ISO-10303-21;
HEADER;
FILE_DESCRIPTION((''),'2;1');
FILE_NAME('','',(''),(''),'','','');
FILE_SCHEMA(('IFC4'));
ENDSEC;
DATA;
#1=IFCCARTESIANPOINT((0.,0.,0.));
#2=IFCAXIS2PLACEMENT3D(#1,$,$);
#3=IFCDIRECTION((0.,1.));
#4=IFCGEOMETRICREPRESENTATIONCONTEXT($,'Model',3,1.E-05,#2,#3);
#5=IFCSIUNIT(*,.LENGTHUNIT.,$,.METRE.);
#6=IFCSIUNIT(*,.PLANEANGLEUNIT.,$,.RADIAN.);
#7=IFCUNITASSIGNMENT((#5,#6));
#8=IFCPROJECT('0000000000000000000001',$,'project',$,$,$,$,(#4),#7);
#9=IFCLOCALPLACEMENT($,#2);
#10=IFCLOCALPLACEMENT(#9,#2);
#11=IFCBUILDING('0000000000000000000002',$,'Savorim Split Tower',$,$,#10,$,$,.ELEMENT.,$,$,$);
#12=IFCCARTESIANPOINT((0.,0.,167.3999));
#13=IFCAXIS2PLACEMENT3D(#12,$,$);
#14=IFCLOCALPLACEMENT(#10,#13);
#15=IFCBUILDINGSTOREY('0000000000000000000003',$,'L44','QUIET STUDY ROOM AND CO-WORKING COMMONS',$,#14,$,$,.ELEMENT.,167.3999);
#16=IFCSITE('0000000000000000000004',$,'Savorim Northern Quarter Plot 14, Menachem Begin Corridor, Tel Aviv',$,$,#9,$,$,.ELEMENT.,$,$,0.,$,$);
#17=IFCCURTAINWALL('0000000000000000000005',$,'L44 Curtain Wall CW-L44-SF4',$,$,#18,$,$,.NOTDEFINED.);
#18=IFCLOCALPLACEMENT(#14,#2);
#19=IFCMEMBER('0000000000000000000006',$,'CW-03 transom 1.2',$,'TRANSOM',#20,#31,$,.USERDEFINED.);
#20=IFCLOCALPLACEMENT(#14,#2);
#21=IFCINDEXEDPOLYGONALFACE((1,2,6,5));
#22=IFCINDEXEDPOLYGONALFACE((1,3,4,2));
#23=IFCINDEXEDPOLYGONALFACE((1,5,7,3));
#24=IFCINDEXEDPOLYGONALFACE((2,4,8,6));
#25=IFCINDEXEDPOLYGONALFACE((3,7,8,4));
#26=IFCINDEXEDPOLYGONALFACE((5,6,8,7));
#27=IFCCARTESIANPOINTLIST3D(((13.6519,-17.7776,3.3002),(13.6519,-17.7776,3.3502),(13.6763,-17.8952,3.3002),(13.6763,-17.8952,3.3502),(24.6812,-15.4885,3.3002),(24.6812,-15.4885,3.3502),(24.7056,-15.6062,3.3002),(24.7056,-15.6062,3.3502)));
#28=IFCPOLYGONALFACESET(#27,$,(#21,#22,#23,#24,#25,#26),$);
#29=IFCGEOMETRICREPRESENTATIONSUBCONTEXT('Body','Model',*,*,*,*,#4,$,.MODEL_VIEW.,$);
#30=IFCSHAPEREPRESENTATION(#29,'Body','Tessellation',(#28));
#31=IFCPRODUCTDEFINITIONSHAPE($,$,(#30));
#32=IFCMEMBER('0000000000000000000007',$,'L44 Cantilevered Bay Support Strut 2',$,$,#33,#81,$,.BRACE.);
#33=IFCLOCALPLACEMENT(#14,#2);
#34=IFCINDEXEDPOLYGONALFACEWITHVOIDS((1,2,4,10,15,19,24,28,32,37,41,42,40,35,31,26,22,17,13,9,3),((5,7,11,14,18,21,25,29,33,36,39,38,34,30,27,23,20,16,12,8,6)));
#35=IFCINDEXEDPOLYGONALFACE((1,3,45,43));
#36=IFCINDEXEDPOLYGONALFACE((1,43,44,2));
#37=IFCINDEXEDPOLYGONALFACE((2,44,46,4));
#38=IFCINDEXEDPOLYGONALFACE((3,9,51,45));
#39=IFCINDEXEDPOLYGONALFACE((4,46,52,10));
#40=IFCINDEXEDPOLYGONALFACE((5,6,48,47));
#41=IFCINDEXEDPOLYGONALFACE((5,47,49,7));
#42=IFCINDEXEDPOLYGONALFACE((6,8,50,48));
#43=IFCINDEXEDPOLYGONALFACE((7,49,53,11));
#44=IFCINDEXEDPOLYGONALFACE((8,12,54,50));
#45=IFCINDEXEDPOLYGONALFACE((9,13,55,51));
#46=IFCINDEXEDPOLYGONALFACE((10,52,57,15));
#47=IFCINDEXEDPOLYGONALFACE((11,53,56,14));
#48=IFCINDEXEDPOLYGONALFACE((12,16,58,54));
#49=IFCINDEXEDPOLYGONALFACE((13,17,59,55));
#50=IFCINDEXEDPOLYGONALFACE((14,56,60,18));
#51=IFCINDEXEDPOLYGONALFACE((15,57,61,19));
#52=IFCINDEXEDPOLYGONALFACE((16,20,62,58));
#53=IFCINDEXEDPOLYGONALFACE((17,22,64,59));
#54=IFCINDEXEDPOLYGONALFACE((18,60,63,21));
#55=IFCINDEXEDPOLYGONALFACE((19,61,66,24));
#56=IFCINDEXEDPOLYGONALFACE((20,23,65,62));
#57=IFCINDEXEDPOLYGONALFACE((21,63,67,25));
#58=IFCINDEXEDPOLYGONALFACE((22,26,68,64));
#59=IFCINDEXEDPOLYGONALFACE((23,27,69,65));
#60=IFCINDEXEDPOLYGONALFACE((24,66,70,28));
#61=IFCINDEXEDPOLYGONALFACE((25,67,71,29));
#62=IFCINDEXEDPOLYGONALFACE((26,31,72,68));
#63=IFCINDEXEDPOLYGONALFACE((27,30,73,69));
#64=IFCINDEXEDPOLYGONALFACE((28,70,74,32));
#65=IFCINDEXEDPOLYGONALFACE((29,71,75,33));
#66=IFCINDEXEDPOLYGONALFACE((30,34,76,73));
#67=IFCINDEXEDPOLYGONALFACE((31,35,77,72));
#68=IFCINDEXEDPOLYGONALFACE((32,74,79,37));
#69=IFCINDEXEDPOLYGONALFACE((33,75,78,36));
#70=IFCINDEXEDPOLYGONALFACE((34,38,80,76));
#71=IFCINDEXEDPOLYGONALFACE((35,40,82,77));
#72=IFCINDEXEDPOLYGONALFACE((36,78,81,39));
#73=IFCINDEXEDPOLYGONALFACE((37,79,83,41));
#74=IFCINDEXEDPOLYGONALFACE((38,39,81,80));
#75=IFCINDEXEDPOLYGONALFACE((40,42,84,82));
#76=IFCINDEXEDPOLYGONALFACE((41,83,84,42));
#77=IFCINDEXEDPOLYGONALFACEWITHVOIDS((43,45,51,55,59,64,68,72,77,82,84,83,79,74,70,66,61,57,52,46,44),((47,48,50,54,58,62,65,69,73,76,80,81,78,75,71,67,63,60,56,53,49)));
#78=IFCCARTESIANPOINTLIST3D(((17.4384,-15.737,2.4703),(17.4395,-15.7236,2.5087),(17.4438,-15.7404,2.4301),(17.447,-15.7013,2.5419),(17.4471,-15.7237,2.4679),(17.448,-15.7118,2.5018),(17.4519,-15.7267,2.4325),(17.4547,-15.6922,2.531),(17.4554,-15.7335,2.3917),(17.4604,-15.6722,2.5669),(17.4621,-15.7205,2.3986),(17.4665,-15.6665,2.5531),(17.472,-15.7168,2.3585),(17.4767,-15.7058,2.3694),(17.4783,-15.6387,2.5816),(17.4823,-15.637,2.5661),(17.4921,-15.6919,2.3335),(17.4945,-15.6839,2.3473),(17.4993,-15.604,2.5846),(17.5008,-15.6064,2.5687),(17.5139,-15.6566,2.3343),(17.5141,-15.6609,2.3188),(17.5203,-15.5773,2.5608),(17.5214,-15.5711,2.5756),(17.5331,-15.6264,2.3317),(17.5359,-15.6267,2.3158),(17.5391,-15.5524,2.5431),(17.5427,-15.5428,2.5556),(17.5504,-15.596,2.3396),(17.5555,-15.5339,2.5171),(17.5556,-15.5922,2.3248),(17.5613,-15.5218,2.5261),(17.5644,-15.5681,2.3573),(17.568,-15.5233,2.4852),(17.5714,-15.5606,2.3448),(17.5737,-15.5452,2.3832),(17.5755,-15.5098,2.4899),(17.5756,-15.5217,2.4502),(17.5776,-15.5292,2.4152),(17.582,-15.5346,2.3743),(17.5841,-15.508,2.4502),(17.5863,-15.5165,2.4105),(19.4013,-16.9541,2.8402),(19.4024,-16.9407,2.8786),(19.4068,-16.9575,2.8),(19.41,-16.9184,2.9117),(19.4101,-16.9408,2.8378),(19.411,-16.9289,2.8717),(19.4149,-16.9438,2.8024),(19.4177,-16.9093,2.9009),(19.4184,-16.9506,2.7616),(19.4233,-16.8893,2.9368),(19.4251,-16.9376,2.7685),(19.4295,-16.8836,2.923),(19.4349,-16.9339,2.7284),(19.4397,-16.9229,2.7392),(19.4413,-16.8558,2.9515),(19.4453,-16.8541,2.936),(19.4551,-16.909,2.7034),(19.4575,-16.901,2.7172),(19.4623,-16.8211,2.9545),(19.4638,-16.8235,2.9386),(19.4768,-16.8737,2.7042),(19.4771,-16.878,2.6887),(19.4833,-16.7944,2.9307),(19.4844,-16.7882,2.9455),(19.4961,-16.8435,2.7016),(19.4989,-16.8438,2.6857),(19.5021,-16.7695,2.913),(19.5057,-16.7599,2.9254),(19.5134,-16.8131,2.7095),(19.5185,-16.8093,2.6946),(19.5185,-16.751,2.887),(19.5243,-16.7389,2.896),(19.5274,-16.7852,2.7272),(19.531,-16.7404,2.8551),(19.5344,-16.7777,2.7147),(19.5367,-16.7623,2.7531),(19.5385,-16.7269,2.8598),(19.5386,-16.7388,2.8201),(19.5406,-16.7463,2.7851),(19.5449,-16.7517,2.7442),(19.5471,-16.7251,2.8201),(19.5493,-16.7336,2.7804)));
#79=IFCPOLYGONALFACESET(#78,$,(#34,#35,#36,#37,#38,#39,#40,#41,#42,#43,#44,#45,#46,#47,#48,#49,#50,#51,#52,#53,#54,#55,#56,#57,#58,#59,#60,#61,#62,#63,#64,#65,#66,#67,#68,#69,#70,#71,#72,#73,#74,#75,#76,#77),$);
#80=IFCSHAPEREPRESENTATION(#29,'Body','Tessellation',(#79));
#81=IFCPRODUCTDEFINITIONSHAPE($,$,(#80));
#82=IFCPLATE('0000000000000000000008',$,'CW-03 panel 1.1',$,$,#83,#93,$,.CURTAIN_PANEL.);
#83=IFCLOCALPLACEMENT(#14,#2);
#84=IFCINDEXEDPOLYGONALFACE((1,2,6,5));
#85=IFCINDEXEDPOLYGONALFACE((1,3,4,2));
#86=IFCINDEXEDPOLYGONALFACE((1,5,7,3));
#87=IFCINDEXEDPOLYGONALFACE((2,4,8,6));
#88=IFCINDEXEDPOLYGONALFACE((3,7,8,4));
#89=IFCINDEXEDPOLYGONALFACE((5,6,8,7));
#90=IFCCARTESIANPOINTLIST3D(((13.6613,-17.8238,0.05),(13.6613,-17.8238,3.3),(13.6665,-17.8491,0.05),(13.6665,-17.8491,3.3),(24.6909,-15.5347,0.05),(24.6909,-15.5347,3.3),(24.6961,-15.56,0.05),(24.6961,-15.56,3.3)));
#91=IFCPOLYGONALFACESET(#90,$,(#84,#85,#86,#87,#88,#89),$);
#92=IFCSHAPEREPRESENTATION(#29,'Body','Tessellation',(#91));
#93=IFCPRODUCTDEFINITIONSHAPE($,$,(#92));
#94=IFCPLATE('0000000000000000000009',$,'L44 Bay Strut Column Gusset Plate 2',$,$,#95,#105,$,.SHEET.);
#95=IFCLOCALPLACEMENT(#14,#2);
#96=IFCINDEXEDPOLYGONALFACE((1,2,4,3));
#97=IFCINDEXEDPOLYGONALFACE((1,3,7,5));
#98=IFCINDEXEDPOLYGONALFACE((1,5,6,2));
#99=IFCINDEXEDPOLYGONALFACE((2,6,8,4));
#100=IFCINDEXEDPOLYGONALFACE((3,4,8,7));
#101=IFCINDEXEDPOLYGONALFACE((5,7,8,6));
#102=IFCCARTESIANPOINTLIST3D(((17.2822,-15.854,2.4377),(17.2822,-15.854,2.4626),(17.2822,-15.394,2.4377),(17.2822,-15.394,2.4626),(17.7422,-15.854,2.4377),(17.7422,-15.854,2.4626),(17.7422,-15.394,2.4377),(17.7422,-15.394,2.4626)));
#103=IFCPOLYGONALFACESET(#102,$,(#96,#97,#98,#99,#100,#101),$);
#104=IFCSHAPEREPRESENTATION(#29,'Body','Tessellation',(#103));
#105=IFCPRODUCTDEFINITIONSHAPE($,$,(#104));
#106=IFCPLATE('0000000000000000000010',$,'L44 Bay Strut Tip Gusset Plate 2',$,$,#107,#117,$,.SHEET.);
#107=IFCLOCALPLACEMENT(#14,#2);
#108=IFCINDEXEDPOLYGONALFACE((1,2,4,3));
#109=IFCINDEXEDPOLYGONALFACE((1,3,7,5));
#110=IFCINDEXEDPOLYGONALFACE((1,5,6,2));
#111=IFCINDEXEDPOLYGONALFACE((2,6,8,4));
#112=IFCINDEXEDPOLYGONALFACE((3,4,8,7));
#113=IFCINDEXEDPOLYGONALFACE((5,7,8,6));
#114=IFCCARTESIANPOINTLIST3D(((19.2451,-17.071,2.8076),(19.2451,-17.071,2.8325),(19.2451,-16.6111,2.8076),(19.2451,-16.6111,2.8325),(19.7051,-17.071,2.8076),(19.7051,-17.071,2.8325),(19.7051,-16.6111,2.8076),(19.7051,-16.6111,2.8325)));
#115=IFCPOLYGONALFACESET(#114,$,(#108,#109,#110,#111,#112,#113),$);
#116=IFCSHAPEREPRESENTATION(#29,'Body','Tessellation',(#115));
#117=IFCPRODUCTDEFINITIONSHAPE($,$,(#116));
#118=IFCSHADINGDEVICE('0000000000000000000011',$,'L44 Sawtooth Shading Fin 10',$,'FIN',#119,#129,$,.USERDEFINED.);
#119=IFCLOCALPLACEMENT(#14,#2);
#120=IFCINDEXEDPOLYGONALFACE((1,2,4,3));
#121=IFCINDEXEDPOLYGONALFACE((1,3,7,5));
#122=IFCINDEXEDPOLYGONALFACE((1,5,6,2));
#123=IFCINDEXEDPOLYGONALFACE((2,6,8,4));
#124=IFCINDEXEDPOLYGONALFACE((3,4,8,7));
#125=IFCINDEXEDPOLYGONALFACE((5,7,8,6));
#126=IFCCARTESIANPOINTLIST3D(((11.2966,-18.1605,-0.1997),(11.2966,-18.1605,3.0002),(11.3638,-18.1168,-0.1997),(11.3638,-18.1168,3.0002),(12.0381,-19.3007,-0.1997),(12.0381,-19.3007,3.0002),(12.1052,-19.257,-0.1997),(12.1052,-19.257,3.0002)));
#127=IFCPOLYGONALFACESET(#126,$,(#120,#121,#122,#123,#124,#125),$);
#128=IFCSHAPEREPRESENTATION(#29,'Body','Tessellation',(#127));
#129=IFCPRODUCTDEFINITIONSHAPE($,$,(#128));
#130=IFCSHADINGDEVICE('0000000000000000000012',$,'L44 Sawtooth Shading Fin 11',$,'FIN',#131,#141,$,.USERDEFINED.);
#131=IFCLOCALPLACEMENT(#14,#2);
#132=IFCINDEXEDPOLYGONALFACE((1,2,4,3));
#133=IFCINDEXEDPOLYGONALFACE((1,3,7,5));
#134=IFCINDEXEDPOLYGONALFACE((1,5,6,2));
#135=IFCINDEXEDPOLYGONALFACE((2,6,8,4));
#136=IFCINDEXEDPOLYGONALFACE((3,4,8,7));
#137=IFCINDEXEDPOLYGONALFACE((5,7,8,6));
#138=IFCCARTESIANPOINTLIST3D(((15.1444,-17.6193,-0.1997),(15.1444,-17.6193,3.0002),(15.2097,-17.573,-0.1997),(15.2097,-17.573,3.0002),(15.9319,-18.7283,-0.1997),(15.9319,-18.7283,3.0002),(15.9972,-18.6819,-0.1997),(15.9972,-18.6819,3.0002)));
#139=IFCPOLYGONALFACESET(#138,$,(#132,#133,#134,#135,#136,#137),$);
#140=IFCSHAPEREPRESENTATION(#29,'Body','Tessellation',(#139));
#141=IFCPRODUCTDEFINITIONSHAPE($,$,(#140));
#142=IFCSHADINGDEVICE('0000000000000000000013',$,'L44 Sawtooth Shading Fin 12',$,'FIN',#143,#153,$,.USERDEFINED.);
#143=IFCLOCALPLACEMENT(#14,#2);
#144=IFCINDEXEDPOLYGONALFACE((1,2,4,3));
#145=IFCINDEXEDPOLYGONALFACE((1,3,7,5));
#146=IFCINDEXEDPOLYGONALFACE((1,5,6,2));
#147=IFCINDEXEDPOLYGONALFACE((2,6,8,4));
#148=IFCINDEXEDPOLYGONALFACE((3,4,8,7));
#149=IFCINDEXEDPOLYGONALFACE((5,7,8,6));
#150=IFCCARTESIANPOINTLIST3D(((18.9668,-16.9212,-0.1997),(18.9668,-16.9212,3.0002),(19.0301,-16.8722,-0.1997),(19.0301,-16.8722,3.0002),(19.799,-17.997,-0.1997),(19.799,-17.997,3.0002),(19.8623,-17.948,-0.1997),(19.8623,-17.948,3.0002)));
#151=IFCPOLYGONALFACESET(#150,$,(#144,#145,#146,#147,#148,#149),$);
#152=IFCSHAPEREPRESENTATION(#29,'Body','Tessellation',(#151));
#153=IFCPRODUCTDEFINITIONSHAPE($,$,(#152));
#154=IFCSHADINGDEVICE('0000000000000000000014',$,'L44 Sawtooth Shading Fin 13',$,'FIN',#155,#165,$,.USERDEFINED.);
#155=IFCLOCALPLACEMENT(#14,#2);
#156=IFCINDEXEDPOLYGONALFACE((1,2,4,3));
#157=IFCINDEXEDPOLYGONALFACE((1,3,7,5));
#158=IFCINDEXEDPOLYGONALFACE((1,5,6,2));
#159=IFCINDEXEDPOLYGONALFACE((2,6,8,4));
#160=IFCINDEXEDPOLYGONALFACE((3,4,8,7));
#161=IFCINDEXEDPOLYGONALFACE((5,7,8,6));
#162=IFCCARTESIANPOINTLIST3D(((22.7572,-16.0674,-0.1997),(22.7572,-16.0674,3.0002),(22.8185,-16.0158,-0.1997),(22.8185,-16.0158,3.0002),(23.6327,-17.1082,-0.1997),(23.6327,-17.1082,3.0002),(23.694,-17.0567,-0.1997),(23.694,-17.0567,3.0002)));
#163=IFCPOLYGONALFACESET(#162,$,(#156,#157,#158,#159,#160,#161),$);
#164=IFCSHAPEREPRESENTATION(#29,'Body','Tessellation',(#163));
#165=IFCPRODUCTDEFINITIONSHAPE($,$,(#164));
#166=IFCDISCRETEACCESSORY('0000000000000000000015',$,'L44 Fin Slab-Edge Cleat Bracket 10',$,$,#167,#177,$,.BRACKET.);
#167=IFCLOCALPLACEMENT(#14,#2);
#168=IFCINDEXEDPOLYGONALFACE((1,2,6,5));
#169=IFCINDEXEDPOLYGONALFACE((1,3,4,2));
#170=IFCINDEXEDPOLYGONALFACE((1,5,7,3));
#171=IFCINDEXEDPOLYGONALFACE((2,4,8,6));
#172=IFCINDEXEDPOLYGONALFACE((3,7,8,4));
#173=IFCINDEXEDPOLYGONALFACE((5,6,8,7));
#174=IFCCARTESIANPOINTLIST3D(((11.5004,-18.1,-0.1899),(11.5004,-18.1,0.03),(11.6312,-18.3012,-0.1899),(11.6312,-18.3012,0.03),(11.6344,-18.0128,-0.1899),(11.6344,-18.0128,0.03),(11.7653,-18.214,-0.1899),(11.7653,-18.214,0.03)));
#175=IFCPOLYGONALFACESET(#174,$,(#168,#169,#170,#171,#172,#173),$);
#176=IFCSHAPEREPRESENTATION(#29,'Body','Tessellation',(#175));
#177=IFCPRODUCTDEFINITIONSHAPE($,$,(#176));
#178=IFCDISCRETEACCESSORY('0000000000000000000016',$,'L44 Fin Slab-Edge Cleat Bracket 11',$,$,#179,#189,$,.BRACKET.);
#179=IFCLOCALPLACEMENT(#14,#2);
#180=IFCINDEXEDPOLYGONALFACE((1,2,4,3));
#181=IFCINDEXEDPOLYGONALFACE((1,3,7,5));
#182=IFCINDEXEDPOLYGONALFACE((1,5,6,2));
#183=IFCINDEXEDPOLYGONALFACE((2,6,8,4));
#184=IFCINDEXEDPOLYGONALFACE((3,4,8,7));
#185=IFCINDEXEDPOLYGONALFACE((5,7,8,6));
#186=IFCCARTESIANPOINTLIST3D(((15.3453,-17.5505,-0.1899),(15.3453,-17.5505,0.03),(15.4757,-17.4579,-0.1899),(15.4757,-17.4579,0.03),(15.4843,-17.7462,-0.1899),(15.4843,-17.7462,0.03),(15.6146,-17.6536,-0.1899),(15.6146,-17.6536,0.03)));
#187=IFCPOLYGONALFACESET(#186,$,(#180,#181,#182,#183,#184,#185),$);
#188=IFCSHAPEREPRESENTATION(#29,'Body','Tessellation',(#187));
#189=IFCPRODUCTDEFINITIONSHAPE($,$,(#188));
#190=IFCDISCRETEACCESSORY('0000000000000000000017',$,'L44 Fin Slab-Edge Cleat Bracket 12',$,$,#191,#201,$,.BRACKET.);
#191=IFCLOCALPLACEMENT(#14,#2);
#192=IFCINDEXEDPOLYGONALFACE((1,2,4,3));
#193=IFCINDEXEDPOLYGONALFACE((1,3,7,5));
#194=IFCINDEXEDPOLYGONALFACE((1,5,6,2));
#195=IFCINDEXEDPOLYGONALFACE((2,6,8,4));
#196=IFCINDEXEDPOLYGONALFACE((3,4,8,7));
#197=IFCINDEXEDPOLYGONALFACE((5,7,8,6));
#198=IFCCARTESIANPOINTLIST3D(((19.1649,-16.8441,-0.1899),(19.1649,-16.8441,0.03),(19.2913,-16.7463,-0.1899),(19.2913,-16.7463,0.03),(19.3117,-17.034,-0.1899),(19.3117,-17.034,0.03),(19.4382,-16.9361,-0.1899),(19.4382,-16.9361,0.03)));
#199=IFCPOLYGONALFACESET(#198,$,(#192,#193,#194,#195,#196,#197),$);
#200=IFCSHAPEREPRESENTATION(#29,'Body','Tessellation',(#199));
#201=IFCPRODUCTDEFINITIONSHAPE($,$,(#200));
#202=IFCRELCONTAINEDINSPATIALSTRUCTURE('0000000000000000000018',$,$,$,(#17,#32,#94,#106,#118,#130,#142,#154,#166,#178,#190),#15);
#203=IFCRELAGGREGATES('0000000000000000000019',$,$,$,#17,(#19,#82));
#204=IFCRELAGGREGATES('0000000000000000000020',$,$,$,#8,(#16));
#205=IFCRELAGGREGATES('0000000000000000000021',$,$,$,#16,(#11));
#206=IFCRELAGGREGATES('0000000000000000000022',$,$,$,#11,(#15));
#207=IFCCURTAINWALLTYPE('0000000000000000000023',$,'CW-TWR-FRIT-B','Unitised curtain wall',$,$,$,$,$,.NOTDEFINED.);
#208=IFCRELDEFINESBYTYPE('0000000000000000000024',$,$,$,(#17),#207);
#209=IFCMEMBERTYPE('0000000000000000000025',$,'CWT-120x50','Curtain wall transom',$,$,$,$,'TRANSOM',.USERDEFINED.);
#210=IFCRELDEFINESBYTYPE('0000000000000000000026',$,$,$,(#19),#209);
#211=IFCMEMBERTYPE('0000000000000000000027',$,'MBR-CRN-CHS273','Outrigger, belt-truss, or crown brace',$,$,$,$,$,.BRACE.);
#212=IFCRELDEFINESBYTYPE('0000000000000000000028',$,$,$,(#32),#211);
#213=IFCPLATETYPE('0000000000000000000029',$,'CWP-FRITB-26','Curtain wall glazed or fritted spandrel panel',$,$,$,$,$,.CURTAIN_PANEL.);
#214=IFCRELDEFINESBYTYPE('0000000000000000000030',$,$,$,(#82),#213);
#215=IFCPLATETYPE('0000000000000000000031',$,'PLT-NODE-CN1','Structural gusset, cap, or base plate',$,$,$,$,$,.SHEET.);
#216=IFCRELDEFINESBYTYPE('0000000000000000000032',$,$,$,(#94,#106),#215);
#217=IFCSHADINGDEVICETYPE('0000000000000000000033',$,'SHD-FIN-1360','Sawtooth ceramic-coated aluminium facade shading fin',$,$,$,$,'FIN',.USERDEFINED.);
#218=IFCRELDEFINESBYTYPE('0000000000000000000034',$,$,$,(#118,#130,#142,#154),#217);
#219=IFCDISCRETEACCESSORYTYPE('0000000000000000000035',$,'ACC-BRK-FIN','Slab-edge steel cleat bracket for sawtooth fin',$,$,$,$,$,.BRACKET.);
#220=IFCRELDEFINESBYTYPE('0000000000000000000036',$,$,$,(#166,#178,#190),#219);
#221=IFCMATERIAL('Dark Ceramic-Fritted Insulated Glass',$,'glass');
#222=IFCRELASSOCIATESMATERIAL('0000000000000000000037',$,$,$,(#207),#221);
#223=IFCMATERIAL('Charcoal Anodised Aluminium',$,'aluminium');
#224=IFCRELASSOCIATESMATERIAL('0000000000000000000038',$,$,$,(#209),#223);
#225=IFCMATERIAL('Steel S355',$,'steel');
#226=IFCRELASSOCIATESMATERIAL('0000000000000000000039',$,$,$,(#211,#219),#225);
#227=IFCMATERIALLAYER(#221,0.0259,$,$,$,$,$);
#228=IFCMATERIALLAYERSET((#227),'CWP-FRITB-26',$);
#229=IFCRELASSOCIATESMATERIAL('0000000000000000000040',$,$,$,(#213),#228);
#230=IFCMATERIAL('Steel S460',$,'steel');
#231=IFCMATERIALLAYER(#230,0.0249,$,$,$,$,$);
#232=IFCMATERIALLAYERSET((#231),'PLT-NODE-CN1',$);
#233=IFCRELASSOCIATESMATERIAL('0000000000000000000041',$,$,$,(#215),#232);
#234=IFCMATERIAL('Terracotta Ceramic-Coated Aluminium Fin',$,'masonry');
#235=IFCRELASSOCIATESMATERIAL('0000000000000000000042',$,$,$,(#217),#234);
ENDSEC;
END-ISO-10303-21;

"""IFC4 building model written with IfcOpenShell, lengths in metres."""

from ifc_helpers import new_model, si_unit, direction, frame, origin, origin_2d, place, context, subcontext, project, spatial, rectangle, hollow_circle, extrude, material, layer, layer_set, material_profile, profile_set, type_object, element, aggregate, save


model = new_model("IFC4")

# Units and contexts
model_context = context("Model", 3, precision=1e-05, world=origin(), true_north=direction((0.0, 1.0)))
body_context = subcontext(model_context, "Body", "Model", "MODEL_VIEW")
ifc_project = project(units=[si_unit("LENGTHUNIT", "METRE"), si_unit("PLANEANGLEUNIT", "RADIAN")], contexts=[model_context])

# Site, building, storey
site_placement = place(None, origin())
site = spatial("IfcSite", under=ifc_project, at=site_placement, Name="Savorim Northern Quarter Plot 14, Menachem Begin Corridor, Tel Aviv", CompositionType="ELEMENT", RefElevation=0.0)
building_placement = place(site_placement, origin())
building = spatial("IfcBuilding", under=site, at=building_placement, Name="Savorim Split Tower", CompositionType="ELEMENT")
storey_placement = place(building_placement, frame((0.0, 0.0, 167.3999)))
storey = spatial("IfcBuildingStorey", under=building, at=storey_placement, Name="L44", Description="QUIET STUDY ROOM AND CO-WORKING COMMONS", CompositionType="ELEMENT", Elevation=167.3999)

# Shared definitions
ifc_material_1 = material(Name="Steel S460", Category="steel")

# Shared definitions
ifc_material_2 = material(Name="Steel S355", Category="steel")

# Shared definitions
ifc_material_3 = material(Name="Dark Ceramic-Fritted Insulated Glass", Category="glass")
curtain_wall_type = type_object("IfcCurtainWallType", Name="CW-TWR-FRIT-B", Description="Unitised curtain wall", PredefinedType="NOTDEFINED", material=ifc_material_3)
ifc_material_4 = material(Name="Charcoal Anodised Aluminium", Category="aluminium")

# Curtain wall, member
curtain_wall_1_placement = place(storey_placement, origin())
curtain_wall_1 = element("IfcCurtainWall", 1, at=curtain_wall_1_placement, inside=storey, type_object=curtain_wall_type, Name="L44 Curtain Wall CW-L44-SF4", PredefinedType="NOTDEFINED")
ifc_material_profile_1 = material_profile(ifc_material_4, rectangle(XDim=0.1201, YDim=0.05, at=origin_2d()), Name="ALU-T 120x50")
ifc_profile_set_1 = profile_set([ifc_material_profile_1], Name="Charcoal Anodised Aluminium")
member_type_1 = type_object("IfcMemberType", Name="CWT-120x50", Description="Curtain wall transom", ElementType="TRANSOM", PredefinedType="USERDEFINED", material=ifc_profile_set_1)
member_1_placement = place(storey_placement, frame((13.6641, -17.8364, 3.3252), z_axis=(0.979134, 0.203213, 0.0), x_axis=(-0.203213, 0.979134, 0.0)))
member_1 = element("IfcMember", 2, at=member_1_placement, type_object=member_type_1, Name="CW-03 transom 1.2", ObjectType="TRANSOM", PredefinedType="USERDEFINED", context=body_context, shape_type="SweptSolid", body=[
    extrude(rectangle(XDim=0.1201, YDim=0.05, at=origin_2d()), origin(), (0.0, 0.0, 1.0), 11.2644),
])

# Member
ifc_material_profile_2 = material_profile(ifc_material_2, hollow_circle(Radius=0.1365, WallThickness=0.0161, at=origin_2d()), Name="CHS 273x16")
ifc_profile_set_2 = profile_set([ifc_material_profile_2], Name="Steel S355")
member_type_2 = type_object("IfcMemberType", Name="MBR-CRN-CHS273", Description="Outrigger, belt-truss, or crown brace", PredefinedType="BRACE", material=ifc_profile_set_2)
member_2_placement = place(storey_placement, frame((17.5122, -15.624, 2.4502), z_axis=(0.8392, -0.520325, 0.158133), x_axis=(0.526955, 0.849893, 0.0)))
element("IfcMember", 3, at=member_2_placement, inside=storey, type_object=member_type_2, Name="L44 Cantilevered Bay Support Strut 2", PredefinedType="BRACE", context=body_context, shape_type="SweptSolid", body=[
    extrude(hollow_circle(Radius=0.1365, WallThickness=0.0161, at=origin_2d()), origin(), (0.0, 0.0, 1.0), 2.3391),
])

# Plate
ifc_layer_1 = layer(ifc_material_3, 0.0259)
ifc_layer_set_1 = layer_set([ifc_layer_1], Name="CWP-FRITB-26")
plate_type_1 = type_object("IfcPlateType", Name="CWP-FRITB-26", Description="Curtain wall glazed or fritted spandrel panel", PredefinedType="CURTAIN_PANEL", material=ifc_layer_set_1)
plate_placement = place(storey_placement, frame((19.1787, -16.6919, 0.05), z_axis=(0.0, 0.0, 1.0), x_axis=(0.979134, 0.203214, 0.0)))
plate = element("IfcPlate", 4, at=plate_placement, type_object=plate_type_1, Name="CW-03 panel 1.1", PredefinedType="CURTAIN_PANEL", context=body_context, shape_type="SweptSolid", body=[
    extrude(rectangle(XDim=11.2646, YDim=0.0259, at=origin_2d()), origin(), (0.0, 0.0, 1.0), 3.25),
])
aggregate(curtain_wall_1, [member_1, plate])

# Plates
ifc_layer_2 = layer(ifc_material_1, 0.0249)
ifc_layer_set_2 = layer_set([ifc_layer_2], Name="PLT-NODE-CN1")
plate_type_2 = type_object("IfcPlateType", Name="PLT-NODE-CN1", Description="Structural gusset, cap, or base plate", PredefinedType="SHEET", material=ifc_layer_set_2)
for number, where, z_axis, x_axis, name in (
    (5, (17.5122, -15.624, 2.4377), (0.0, 0.0, 1.0), (1.0, 0.0, 0.0), "L44 Bay Strut Column Gusset Plate 2"),
    (6, (19.4751, -16.8411, 2.8076), (0.0, 0.0, 1.0), (1.0, 0.0, 0.0), "L44 Bay Strut Tip Gusset Plate 2"),
):
    element("IfcPlate", number, at=place(storey_placement, frame(where, z_axis=z_axis, x_axis=x_axis)), inside=storey, type_object=plate_type_2, Name=name, PredefinedType="SHEET", context=body_context, shape_type="SweptSolid", body=[
        extrude(rectangle(XDim=0.46, YDim=0.46, at=origin_2d()), origin(), (0.0, 0.0, 1.0), 0.0249),
    ])

# Shading devices
ifc_material_5 = material(Name="Terracotta Ceramic-Coated Aluminium Fin", Category="masonry")
shading_device_type = type_object("IfcShadingDeviceType", Name="SHD-FIN-1360", Description="Sawtooth ceramic-coated aluminium facade shading fin", ElementType="FIN", PredefinedType="USERDEFINED", material=ifc_material_5)
for number, where, z_axis, x_axis, name in (
    (7, (11.7009, -18.7087, -0.1997), (0.0, 0.0, 1.0), (0.545148, -0.83834, 0.0), "L44 Sawtooth Shading Fin 10"),
    (8, (15.5708, -18.1506, -0.1997), (0.0, 0.0, 1.0), (0.578994, -0.815332, 0.0), "L44 Sawtooth Shading Fin 11"),
    (9, (19.4146, -17.4346, -0.1997), (0.0, 0.0, 1.0), (0.611868, -0.79096, 0.0), "L44 Sawtooth Shading Fin 12"),
    (10, (23.2256, -16.562, -0.1997), (0.0, 0.0, 1.0), (0.643719, -0.765262, 0.0), "L44 Sawtooth Shading Fin 13"),
):
    element("IfcShadingDevice", number, at=place(storey_placement, frame(where, z_axis=z_axis, x_axis=x_axis)), inside=storey, type_object=shading_device_type, Name=name, ObjectType="FIN", PredefinedType="USERDEFINED", context=body_context, shape_type="SweptSolid", body=[
        extrude(rectangle(XDim=1.3601, YDim=0.0801, at=origin_2d()), origin(), (0.0, 0.0, 1.0), 3.2),
    ])

# Discrete accessories
discrete_accessory_type = type_object("IfcDiscreteAccessoryType", Name="ACC-BRK-FIN", Description="Slab-edge steel cleat bracket for sawtooth fin", PredefinedType="BRACKET", material=ifc_material_2)
for number, where, z_axis, x_axis, name in (
    (11, (11.6328, -18.157, -0.1899), (0.0, 0.0, 1.0), (0.545148, -0.83834, 0.0), "L44 Fin Slab-Edge Cleat Bracket 10"),
    (12, (15.48, -17.6021, -0.1899), (0.0, 0.0, 1.0), (0.578994, -0.815332, 0.0), "L44 Fin Slab-Edge Cleat Bracket 11"),
    (13, (19.3015, -16.8901, -0.1899), (0.0, 0.0, 1.0), (0.611868, -0.79096, 0.0), "L44 Fin Slab-Edge Cleat Bracket 12"),
):
    element("IfcDiscreteAccessory", number, at=place(storey_placement, frame(where, z_axis=z_axis, x_axis=x_axis)), inside=storey, type_object=discrete_accessory_type, Name=name, PredefinedType="BRACKET", context=body_context, shape_type="SweptSolid", body=[
        extrude(rectangle(XDim=0.24, YDim=0.1599, at=origin_2d()), origin(), (0.0, 0.0, 1.0), 0.22),
    ])

save(model, "model.ifc")
